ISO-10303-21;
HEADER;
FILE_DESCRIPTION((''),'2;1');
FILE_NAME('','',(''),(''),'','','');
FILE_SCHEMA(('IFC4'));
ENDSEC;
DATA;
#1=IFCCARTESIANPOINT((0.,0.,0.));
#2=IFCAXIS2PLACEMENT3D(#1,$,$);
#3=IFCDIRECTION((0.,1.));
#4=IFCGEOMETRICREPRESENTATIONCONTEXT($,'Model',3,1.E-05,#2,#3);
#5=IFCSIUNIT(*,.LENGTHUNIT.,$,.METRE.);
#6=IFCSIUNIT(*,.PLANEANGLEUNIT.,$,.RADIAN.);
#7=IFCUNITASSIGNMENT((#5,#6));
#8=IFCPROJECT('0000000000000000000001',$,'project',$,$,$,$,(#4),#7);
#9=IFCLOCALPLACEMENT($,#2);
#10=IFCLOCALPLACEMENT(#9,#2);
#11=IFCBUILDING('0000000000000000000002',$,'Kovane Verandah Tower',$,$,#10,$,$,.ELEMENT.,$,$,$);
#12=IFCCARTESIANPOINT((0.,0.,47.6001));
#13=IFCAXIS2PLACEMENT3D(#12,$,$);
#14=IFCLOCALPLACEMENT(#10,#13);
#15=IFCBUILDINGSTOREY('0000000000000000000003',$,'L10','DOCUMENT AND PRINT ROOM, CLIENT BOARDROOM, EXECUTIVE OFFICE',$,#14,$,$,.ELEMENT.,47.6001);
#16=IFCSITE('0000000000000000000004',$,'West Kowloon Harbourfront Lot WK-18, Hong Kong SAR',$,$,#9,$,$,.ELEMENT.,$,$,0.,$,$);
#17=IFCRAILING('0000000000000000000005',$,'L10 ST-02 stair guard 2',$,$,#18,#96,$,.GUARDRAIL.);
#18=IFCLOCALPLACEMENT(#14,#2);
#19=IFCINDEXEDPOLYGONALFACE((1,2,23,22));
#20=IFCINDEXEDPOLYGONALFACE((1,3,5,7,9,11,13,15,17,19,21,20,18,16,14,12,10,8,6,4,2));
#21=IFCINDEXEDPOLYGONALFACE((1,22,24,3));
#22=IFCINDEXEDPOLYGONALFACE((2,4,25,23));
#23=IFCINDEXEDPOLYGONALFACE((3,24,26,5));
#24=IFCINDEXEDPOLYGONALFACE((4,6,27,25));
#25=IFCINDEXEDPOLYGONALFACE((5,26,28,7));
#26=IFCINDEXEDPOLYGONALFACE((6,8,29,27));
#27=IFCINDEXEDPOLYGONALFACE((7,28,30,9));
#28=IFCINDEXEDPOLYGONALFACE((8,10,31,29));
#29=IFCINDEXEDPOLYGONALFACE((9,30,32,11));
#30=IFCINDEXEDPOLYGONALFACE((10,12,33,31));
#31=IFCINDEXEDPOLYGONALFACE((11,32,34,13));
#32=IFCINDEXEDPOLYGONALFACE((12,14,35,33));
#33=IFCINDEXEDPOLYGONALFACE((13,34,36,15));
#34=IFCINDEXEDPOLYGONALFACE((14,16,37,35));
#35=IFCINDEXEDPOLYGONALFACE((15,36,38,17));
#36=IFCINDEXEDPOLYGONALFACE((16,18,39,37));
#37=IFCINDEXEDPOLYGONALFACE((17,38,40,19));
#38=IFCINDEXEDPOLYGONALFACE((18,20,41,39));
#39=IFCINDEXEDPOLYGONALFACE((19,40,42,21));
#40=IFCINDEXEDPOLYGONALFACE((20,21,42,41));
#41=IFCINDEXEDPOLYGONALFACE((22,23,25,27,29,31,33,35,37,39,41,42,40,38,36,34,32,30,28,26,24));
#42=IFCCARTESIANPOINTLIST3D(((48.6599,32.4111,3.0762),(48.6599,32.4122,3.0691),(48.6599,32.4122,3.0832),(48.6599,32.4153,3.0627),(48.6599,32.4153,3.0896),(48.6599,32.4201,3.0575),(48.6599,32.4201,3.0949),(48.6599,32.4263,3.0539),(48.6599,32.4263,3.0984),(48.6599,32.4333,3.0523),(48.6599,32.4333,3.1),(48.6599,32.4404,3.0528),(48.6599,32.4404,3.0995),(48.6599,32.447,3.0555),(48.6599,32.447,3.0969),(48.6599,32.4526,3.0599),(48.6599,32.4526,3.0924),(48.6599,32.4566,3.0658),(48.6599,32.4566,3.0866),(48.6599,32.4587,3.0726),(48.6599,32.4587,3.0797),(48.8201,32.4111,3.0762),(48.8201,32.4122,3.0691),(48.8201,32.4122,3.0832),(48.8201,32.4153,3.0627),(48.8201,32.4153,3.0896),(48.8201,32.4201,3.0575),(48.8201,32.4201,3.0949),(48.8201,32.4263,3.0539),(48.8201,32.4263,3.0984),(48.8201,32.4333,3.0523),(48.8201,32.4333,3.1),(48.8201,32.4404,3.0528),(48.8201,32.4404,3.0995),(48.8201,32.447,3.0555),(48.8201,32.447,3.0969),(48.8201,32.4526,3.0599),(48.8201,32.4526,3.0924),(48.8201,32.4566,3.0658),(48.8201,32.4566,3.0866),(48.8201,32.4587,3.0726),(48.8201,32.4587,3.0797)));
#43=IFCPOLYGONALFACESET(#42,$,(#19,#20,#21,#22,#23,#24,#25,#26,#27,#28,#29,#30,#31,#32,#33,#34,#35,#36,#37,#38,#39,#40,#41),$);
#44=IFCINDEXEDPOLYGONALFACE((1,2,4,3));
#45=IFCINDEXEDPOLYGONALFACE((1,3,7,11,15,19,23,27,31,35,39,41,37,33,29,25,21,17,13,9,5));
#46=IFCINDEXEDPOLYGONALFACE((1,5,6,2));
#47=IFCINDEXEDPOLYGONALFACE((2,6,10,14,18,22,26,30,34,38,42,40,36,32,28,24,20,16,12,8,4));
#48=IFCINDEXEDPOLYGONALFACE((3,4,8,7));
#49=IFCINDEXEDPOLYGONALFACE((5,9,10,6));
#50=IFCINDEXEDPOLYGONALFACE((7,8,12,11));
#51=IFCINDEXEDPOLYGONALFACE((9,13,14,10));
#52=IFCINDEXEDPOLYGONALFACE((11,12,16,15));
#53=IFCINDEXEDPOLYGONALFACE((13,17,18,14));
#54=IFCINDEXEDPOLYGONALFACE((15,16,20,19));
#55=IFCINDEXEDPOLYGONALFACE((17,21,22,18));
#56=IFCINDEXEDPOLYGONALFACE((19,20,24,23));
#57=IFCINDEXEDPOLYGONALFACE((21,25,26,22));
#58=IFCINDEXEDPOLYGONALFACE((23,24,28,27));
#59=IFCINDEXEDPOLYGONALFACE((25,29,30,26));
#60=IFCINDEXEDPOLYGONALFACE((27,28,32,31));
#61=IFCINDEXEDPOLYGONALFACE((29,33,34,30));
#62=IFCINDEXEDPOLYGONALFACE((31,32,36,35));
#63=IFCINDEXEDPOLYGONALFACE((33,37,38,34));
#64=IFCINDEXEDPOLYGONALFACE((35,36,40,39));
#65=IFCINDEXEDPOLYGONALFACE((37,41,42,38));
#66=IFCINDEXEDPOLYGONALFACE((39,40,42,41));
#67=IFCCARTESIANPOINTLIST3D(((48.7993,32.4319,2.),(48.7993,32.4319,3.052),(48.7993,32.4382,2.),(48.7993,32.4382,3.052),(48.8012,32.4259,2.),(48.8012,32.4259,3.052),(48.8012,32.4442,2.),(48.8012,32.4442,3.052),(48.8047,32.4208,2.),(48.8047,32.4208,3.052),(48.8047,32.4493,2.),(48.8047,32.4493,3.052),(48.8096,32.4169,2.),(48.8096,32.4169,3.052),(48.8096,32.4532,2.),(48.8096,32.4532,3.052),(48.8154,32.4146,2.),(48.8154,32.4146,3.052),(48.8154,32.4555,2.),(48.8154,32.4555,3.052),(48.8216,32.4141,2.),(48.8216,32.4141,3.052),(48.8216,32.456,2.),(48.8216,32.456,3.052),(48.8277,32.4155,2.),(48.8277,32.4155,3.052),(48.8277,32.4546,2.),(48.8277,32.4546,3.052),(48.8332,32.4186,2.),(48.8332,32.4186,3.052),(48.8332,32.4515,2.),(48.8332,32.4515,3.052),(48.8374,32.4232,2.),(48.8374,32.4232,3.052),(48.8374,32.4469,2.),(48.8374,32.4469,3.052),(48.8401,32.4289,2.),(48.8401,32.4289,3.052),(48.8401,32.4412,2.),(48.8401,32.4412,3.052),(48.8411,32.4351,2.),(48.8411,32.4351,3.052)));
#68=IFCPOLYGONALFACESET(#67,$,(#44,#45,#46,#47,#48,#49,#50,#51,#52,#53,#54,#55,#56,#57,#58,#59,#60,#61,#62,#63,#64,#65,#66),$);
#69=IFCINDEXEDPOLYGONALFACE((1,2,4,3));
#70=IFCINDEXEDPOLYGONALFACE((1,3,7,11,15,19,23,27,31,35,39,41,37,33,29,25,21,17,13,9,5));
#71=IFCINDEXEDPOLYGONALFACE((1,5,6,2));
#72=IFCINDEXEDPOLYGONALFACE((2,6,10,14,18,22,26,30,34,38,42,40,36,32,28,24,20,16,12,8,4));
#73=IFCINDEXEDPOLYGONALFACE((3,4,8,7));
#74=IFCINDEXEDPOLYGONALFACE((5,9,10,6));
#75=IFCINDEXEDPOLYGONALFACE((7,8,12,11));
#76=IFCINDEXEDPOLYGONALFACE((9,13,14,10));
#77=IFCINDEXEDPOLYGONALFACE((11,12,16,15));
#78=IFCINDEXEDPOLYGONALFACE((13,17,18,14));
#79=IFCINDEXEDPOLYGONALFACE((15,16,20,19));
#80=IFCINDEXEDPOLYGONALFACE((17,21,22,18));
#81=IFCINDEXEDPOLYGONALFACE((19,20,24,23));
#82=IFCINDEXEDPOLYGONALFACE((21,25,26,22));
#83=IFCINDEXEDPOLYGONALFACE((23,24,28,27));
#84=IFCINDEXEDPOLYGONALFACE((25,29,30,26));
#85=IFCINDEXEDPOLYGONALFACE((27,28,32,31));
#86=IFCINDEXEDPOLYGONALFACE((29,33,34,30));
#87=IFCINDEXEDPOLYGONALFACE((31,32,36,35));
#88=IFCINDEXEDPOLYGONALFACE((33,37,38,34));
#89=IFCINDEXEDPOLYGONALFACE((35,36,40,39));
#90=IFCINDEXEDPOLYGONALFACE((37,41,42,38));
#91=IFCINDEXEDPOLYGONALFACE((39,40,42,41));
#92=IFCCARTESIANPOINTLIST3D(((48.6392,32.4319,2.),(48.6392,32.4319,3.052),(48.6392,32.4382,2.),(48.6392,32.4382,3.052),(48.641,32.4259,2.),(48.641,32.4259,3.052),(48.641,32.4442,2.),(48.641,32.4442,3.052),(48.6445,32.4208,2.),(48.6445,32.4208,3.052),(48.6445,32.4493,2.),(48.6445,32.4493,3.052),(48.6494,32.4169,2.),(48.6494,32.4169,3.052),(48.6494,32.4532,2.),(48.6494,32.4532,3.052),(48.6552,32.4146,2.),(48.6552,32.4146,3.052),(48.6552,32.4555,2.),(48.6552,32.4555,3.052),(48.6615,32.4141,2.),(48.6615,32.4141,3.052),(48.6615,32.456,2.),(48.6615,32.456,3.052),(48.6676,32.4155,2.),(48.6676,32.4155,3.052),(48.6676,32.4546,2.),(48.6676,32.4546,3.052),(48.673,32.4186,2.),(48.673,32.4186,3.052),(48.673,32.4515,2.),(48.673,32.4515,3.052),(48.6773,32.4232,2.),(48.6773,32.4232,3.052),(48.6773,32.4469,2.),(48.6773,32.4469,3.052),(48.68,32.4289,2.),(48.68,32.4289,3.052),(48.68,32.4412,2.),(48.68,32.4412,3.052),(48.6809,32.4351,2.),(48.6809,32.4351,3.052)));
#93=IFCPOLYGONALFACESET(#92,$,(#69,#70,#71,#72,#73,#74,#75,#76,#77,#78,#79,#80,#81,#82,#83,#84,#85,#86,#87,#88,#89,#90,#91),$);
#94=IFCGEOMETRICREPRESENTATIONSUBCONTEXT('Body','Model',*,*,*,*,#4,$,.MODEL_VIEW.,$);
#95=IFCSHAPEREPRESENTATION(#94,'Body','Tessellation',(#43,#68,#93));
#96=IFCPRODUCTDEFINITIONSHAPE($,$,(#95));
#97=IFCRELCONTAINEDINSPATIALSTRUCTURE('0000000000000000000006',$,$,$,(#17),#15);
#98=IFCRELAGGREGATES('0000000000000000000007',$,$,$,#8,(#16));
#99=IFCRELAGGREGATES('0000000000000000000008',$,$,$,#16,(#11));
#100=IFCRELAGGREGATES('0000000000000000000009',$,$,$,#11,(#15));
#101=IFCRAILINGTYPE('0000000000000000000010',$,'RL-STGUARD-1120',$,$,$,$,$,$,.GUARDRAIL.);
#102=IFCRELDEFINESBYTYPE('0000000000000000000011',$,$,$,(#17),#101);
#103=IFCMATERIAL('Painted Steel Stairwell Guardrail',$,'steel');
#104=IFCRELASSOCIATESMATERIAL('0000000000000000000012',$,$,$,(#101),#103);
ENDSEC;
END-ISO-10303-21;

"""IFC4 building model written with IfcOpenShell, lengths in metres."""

from ifc_helpers import new_model, si_unit, direction, frame, origin, origin_2d, place, context, subcontext, project, spatial, circle, extrude, material, type_object, element, save


model = new_model("IFC4")

# Units and contexts
model_context = context("Model", 3, precision=1e-05, world=origin(), true_north=direction((0.0, 1.0)))
body_context = subcontext(model_context, "Body", "Model", "MODEL_VIEW")
ifc_project = project(units=[si_unit("LENGTHUNIT", "METRE"), si_unit("PLANEANGLEUNIT", "RADIAN")], contexts=[model_context])

# Site, building, storey
site_placement = place(None, origin())
site = spatial("IfcSite", under=ifc_project, at=site_placement, Name="West Kowloon Harbourfront Lot WK-18, Hong Kong SAR", CompositionType="ELEMENT", RefElevation=0.0)
building_placement = place(site_placement, origin())
building = spatial("IfcBuilding", under=site, at=building_placement, Name="Kovane Verandah Tower", CompositionType="ELEMENT")
storey_placement = place(building_placement, frame((0.0, 0.0, 47.6001)))
storey = spatial("IfcBuildingStorey", under=building, at=storey_placement, Name="L10", Description="DOCUMENT AND PRINT ROOM, CLIENT BOARDROOM, EXECUTIVE OFFICE", CompositionType="ELEMENT", Elevation=47.6001)

# Railing
ifc_material_1 = material(Name="Painted Steel Stairwell Guardrail", Category="steel")
railing_type_1 = type_object("IfcRailingType", Name="RL-STGUARD-1120", PredefinedType="GUARDRAIL", material=ifc_material_1)
railing_1_placement = place(storey_placement, frame((48.8201, 32.4351, 2.0)))
element("IfcRailing", 1, at=railing_1_placement, inside=storey, type_object=railing_type_1, Name="L10 ST-02 stair guard 2", PredefinedType="GUARDRAIL", context=body_context, shape_type="SweptSolid", body=[
    extrude(circle(Radius=0.0239, at=origin_2d()), frame((0.0, 0.0, 1.0762), z_axis=(-1.0, 0.0, 0.0), x_axis=(0.0, -1.0, 0.0)), (0.0, 0.0, 1.0), 0.1602),
    extrude(circle(Radius=0.021, at=origin_2d()), origin(), (0.0, 0.0, 1.0), 1.052),
    extrude(circle(Radius=0.021, at=origin_2d()), frame((-0.1602, 0.0, 0.0)), (0.0, 0.0, 1.0), 1.052),
])

save(model, "model.ifc")
